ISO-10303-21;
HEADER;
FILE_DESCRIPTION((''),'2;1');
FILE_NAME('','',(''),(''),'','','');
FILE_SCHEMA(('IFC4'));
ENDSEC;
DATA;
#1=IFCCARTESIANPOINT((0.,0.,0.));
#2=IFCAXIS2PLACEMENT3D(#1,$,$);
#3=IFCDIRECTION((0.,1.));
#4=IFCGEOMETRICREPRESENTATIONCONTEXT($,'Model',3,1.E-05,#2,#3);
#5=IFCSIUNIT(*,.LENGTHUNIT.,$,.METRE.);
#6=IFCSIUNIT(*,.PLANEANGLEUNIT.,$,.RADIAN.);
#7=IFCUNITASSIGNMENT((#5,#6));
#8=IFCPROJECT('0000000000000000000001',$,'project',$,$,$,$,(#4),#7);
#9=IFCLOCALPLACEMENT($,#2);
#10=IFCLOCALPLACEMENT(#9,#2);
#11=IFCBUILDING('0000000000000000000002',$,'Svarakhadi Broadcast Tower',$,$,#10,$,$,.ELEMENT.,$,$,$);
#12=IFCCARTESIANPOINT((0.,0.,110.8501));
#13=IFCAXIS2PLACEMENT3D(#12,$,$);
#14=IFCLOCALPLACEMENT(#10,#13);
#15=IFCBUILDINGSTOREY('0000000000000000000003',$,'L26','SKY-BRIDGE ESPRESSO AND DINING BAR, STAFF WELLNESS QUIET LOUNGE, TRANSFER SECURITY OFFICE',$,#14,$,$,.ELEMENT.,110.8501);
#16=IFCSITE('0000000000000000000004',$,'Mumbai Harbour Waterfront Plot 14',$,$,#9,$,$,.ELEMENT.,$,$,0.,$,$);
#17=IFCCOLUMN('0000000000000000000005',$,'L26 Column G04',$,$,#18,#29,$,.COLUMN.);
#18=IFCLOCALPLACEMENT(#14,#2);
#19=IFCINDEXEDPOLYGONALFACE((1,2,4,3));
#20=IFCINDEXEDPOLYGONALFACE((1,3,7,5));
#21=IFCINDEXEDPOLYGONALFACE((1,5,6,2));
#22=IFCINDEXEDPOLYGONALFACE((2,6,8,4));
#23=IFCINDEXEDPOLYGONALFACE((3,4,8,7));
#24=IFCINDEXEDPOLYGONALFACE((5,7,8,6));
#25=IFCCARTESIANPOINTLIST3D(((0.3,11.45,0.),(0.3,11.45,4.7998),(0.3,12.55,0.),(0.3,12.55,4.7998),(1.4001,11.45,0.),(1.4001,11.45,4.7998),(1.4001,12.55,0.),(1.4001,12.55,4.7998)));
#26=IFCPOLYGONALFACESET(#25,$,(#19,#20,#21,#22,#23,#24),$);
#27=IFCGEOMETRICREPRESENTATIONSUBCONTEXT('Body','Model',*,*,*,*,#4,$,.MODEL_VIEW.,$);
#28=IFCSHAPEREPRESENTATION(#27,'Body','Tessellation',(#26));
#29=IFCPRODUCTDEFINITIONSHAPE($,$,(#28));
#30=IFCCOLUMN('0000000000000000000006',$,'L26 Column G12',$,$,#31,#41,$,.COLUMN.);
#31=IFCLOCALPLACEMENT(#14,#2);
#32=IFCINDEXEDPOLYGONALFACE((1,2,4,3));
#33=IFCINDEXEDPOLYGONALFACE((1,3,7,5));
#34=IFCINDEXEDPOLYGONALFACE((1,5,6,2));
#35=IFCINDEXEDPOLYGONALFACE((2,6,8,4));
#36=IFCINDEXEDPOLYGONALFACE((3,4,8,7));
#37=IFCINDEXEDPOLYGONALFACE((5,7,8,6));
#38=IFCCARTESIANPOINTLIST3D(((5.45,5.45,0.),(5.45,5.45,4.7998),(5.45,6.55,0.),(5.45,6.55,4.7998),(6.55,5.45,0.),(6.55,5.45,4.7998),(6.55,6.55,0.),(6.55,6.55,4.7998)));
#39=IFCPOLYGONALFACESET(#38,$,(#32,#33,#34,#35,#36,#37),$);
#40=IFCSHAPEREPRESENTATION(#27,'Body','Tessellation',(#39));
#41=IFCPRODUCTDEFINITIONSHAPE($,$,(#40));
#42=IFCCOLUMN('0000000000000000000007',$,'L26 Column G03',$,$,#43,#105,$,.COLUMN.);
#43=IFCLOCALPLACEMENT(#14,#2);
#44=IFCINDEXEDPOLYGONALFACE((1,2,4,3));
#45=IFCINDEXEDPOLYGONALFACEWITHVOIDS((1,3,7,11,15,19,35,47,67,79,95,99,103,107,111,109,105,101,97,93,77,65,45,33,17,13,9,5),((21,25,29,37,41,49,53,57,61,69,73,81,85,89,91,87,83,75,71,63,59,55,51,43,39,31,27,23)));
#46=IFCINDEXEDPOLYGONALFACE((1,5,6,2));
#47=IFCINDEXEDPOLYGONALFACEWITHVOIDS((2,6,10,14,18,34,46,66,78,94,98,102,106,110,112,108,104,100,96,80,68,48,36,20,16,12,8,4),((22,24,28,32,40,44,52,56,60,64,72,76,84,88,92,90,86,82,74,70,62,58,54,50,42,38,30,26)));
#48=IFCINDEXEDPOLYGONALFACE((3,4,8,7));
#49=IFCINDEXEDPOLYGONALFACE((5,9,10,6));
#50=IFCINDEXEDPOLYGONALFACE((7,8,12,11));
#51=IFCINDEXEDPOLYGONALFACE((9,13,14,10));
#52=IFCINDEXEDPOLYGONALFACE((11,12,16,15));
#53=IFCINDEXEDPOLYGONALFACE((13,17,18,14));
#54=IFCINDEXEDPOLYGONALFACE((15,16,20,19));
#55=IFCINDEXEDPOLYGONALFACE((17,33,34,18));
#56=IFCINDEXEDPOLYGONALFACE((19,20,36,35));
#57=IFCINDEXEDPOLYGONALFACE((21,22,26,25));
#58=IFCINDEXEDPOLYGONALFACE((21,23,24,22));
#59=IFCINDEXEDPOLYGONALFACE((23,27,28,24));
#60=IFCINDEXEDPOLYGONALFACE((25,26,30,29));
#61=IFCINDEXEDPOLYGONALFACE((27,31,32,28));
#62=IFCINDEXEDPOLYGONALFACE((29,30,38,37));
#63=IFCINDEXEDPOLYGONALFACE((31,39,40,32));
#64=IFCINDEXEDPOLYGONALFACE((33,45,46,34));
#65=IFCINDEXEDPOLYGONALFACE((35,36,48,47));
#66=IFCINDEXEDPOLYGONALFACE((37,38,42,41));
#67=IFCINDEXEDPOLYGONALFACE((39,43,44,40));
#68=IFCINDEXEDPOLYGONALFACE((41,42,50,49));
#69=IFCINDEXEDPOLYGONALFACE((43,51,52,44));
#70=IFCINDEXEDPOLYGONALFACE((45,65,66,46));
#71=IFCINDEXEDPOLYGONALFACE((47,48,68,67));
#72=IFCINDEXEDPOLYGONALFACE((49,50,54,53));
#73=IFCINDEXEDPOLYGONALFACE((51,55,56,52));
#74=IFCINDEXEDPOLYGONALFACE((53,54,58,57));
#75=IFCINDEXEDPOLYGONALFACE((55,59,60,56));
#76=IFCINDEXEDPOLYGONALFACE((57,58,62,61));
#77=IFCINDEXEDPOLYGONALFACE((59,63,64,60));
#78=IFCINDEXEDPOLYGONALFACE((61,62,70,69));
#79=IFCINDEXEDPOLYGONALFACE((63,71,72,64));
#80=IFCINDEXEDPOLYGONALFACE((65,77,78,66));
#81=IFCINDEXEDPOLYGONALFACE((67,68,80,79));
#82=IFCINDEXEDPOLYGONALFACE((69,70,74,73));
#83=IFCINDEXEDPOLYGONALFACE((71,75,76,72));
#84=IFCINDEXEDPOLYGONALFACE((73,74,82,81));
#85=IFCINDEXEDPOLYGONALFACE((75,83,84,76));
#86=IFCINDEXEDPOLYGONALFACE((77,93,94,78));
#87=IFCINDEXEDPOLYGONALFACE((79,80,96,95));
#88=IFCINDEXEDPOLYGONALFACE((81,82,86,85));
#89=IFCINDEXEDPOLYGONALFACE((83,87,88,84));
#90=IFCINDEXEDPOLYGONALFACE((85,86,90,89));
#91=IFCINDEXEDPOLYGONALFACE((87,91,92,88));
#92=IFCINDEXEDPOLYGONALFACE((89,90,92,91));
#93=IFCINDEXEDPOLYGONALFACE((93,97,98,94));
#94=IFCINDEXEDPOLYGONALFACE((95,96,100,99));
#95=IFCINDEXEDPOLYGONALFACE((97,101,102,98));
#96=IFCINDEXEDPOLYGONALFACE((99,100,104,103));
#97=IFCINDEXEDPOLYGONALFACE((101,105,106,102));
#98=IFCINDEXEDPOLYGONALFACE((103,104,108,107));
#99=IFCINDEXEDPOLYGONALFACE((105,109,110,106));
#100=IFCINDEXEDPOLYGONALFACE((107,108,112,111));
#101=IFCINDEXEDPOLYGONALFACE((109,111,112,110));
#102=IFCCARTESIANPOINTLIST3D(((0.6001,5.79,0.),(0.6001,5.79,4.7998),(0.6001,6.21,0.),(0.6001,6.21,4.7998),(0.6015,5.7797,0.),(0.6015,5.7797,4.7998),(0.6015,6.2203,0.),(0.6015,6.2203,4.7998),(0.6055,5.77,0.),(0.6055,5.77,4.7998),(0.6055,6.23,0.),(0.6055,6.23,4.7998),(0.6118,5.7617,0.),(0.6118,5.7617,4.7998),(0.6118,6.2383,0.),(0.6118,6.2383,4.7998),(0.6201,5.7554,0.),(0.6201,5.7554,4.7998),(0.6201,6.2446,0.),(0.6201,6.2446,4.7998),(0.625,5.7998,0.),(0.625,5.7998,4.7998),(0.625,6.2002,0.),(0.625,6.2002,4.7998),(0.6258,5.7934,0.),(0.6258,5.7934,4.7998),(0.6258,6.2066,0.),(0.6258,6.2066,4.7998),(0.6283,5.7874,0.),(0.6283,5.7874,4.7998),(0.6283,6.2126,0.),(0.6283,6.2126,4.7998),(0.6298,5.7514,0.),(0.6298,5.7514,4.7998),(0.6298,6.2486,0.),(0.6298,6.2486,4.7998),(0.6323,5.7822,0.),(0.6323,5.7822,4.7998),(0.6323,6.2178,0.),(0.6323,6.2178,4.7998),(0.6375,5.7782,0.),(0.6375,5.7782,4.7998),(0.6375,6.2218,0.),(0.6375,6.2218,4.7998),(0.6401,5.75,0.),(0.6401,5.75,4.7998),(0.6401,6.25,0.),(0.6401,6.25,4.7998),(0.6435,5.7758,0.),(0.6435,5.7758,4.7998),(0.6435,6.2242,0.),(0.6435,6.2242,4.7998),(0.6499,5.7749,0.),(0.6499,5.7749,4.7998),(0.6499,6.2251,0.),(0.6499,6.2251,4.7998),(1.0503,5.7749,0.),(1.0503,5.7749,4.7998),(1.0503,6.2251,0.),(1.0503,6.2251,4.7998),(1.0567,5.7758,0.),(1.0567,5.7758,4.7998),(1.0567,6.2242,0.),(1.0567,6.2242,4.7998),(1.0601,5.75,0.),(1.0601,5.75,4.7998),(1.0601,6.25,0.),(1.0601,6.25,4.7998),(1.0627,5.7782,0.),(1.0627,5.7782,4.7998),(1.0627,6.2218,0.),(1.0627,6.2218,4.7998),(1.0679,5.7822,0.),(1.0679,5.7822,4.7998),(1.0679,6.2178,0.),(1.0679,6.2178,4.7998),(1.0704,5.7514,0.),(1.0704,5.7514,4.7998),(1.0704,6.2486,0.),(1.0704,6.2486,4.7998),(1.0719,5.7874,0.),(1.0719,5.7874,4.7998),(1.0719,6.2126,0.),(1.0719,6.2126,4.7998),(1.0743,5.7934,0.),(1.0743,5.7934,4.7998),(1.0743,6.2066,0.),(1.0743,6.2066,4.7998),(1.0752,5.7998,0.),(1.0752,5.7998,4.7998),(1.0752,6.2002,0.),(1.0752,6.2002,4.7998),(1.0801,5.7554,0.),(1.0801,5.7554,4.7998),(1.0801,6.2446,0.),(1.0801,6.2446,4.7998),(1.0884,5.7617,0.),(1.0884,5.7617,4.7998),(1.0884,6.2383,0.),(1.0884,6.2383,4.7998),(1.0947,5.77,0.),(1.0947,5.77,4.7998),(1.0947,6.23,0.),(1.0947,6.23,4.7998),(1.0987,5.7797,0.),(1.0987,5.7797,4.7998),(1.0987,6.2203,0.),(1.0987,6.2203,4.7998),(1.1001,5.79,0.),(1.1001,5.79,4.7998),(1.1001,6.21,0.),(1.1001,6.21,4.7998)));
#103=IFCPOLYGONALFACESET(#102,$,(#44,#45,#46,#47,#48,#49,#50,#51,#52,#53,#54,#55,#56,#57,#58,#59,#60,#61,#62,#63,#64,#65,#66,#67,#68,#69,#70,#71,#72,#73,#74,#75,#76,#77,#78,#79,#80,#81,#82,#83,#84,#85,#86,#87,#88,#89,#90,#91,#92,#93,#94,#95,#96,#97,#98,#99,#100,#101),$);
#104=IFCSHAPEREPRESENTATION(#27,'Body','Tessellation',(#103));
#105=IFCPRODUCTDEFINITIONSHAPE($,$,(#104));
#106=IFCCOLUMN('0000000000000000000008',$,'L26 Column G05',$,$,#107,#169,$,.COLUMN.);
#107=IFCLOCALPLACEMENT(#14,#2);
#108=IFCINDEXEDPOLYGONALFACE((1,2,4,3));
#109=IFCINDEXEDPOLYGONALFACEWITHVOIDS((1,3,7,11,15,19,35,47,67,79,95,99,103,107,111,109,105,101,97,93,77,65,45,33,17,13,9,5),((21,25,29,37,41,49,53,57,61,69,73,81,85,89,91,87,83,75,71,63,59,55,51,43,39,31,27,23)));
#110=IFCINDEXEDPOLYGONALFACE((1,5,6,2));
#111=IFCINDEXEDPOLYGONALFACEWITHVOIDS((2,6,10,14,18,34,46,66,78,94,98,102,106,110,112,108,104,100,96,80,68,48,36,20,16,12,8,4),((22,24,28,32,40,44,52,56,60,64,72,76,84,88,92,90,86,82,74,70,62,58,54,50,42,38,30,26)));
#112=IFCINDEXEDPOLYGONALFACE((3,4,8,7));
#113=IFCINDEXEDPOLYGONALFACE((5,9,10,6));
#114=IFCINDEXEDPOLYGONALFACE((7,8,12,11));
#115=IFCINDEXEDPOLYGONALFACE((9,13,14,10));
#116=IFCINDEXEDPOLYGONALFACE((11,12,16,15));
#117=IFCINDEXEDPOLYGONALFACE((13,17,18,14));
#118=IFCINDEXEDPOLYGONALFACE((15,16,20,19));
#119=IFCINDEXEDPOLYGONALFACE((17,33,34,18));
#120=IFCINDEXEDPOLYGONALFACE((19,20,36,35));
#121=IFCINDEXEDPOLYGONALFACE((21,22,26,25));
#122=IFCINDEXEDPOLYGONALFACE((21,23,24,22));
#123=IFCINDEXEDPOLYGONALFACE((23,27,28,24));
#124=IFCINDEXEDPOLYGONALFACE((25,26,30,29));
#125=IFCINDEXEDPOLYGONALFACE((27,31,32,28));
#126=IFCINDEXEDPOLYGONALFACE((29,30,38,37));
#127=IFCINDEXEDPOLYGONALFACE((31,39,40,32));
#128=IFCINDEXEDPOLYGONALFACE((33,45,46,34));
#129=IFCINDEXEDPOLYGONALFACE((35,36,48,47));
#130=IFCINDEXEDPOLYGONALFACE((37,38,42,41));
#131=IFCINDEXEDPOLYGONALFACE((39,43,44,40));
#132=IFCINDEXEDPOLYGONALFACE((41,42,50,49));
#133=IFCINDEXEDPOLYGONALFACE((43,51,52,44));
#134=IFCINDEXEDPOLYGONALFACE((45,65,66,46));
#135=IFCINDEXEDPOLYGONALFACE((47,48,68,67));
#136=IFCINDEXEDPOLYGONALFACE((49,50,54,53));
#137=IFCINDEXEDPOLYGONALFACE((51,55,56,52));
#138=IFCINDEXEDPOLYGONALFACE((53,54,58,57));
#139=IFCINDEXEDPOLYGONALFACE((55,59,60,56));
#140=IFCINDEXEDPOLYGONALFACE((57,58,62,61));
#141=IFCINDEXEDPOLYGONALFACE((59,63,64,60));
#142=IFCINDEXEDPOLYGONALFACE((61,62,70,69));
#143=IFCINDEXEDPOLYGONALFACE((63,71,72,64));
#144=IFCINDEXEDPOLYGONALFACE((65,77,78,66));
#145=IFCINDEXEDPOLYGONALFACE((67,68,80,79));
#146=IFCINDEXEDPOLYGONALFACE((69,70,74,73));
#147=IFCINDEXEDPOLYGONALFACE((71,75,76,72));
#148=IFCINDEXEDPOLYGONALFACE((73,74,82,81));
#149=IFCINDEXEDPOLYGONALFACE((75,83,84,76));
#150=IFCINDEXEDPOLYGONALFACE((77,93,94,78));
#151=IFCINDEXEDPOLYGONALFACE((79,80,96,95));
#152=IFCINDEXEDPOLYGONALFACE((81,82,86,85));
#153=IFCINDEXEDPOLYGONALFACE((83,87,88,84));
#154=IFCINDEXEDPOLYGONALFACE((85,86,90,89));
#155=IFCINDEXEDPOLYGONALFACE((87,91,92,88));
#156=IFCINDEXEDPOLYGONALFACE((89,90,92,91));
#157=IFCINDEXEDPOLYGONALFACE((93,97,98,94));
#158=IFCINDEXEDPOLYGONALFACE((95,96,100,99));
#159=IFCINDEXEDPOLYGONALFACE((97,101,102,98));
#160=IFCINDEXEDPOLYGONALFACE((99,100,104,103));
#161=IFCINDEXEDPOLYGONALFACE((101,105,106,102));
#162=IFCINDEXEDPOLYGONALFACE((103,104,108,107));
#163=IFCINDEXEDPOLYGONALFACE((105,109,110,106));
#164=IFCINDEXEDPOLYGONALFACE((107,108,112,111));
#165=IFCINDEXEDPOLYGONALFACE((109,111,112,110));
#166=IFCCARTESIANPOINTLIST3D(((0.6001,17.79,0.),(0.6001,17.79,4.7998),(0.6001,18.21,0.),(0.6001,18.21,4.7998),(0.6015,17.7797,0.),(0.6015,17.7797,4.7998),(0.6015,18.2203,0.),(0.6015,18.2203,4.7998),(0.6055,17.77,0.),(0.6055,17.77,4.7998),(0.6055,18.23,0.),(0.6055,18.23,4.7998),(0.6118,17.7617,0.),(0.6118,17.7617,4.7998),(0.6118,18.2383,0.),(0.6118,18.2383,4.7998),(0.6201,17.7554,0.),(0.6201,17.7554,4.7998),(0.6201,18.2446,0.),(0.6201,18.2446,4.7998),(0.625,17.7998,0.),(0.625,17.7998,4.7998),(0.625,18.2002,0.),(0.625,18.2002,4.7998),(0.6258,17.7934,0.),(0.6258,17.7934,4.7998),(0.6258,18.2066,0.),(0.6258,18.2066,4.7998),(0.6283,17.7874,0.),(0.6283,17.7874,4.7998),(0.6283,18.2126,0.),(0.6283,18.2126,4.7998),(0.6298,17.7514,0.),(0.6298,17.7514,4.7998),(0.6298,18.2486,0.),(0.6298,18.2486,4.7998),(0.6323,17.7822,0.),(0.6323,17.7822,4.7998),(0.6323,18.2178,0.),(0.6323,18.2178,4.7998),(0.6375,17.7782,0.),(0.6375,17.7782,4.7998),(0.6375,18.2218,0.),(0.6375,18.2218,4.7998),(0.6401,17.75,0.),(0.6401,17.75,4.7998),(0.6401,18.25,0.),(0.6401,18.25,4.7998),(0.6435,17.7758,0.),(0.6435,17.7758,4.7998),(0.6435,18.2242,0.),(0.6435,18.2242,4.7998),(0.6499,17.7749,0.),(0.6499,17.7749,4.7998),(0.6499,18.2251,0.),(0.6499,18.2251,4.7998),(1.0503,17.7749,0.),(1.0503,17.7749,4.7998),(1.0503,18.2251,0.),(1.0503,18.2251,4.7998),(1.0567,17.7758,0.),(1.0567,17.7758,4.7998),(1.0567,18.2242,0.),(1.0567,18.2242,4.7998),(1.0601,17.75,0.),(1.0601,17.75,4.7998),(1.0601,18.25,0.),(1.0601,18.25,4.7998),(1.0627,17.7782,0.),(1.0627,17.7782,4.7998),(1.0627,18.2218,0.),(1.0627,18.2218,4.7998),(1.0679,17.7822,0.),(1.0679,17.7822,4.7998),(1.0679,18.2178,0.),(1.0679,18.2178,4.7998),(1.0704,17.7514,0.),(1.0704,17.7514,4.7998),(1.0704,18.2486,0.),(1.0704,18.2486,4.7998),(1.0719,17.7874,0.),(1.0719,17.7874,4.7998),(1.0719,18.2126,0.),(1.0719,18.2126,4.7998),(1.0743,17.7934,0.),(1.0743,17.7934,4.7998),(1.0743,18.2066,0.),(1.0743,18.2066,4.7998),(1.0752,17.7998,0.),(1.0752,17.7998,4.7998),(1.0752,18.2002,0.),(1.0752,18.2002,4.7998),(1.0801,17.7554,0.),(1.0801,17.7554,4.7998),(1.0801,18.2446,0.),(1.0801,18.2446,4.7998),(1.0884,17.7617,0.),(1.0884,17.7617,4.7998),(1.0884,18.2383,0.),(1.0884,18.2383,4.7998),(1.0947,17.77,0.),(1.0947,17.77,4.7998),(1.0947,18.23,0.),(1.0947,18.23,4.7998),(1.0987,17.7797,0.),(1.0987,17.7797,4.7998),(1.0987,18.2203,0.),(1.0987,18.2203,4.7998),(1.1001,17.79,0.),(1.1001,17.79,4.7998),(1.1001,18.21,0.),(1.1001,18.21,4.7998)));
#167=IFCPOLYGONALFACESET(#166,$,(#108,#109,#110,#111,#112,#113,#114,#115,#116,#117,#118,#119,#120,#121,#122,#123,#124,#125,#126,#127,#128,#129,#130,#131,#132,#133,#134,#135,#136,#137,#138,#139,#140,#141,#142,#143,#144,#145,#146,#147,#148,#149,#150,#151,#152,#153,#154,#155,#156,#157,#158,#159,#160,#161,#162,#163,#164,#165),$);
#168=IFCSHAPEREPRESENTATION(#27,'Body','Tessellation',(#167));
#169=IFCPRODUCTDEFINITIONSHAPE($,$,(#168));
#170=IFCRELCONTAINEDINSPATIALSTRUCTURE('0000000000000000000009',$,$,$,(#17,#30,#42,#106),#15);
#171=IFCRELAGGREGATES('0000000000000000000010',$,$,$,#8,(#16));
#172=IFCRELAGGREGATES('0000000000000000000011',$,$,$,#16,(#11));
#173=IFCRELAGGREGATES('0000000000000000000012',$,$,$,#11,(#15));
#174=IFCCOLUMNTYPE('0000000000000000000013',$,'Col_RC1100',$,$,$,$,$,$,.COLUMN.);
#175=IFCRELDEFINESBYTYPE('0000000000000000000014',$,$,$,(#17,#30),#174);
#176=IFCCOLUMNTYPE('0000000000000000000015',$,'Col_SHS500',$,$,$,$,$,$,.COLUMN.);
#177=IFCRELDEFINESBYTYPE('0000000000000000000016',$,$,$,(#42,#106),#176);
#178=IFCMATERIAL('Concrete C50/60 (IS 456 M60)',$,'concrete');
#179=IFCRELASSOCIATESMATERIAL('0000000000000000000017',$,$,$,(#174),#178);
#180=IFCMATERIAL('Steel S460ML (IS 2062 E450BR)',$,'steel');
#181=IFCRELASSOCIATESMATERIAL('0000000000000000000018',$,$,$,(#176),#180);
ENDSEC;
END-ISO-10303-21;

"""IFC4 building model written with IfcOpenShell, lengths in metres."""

from ifc_helpers import new_model, si_unit, direction, frame, origin, origin_2d, place, context, subcontext, project, spatial, rectangle, hollow_rectangle, extrude, material, material_profile, profile_set, type_object, element, save


model = new_model("IFC4")

# Units and contexts
model_context = context("Model", 3, precision=1e-05, world=origin(), true_north=direction((0.0, 1.0)))
body_context = subcontext(model_context, "Body", "Model", "MODEL_VIEW")
ifc_project = project(units=[si_unit("LENGTHUNIT", "METRE"), si_unit("PLANEANGLEUNIT", "RADIAN")], contexts=[model_context])

# Site, building, storey
site_placement = place(None, origin())
site = spatial("IfcSite", under=ifc_project, at=site_placement, Name="Mumbai Harbour Waterfront Plot 14", CompositionType="ELEMENT", RefElevation=0.0)
building_placement = place(site_placement, origin())
building = spatial("IfcBuilding", under=site, at=building_placement, Name="Svarakhadi Broadcast Tower", CompositionType="ELEMENT")
storey_placement = place(building_placement, frame((0.0, 0.0, 110.8501)))
storey = spatial("IfcBuildingStorey", under=building, at=storey_placement, Name="L26", Description="SKY-BRIDGE ESPRESSO AND DINING BAR, STAFF WELLNESS QUIET LOUNGE, TRANSFER SECURITY OFFICE", CompositionType="ELEMENT", Elevation=110.8501)

# Columns
ifc_material_1 = material(Name="Concrete C50/60 (IS 456 M60)", Category="concrete")
ifc_material_profile_1 = material_profile(ifc_material_1, rectangle(XDim=1.1001, YDim=1.1001, at=origin_2d()), Name="RC 1100x1100")
ifc_profile_set_1 = profile_set([ifc_material_profile_1], Name="Concrete C50/60 (IS 456 M60)")
column_type_1 = type_object("IfcColumnType", Name="Col_RC1100", PredefinedType="COLUMN", material=ifc_profile_set_1)
for number, where, z_axis, x_axis, name in (
    (1, (0.8501, 12.0, 0.0), (0.0, 0.0, 1.0), (1.0, 0.0, 0.0), "L26 Column G04"),
    (2, (6.0, 6.0, 0.0), (0.0, 0.0, 1.0), (1.0, 0.0, 0.0), "L26 Column G12"),
):
    element("IfcColumn", number, at=place(storey_placement, frame(where, z_axis=z_axis, x_axis=x_axis)), inside=storey, type_object=column_type_1, Name=name, PredefinedType="COLUMN", context=body_context, shape_type="SweptSolid", body=[
        extrude(rectangle(XDim=1.1001, YDim=1.1001, at=origin_2d()), origin(), (0.0, 0.0, 1.0), 4.7998),
    ])
ifc_material_2 = material(Name="Steel S460ML (IS 2062 E450BR)", Category="steel")
ifc_material_profile_2 = material_profile(ifc_material_2, hollow_rectangle(XDim=0.5, YDim=0.5, WallThickness=0.0249, InnerFilletRadius=0.0249, OuterFilletRadius=0.04, at=origin_2d()), Name="SHS 500x500x25")
ifc_profile_set_2 = profile_set([ifc_material_profile_2], Name="Steel S460ML (IS 2062 E450BR)")
column_type_2 = type_object("IfcColumnType", Name="Col_SHS500", PredefinedType="COLUMN", material=ifc_profile_set_2)
for number, where, z_axis, x_axis, name in (
    (3, (0.8501, 6.0, 0.0), (0.0, 0.0, 1.0), (1.0, 0.0, 0.0), "L26 Column G03"),
    (4, (0.8501, 18.0, 0.0), (0.0, 0.0, 1.0), (1.0, 0.0, 0.0), "L26 Column G05"),
):
    element("IfcColumn", number, at=place(storey_placement, frame(where, z_axis=z_axis, x_axis=x_axis)), inside=storey, type_object=column_type_2, Name=name, PredefinedType="COLUMN", context=body_context, shape_type="SweptSolid", body=[
        extrude(hollow_rectangle(XDim=0.5, YDim=0.5, WallThickness=0.0249, InnerFilletRadius=0.0249, OuterFilletRadius=0.04, at=origin_2d()), origin(), (0.0, 0.0, 1.0), 4.7998),
    ])

save(model, "model.ifc")
